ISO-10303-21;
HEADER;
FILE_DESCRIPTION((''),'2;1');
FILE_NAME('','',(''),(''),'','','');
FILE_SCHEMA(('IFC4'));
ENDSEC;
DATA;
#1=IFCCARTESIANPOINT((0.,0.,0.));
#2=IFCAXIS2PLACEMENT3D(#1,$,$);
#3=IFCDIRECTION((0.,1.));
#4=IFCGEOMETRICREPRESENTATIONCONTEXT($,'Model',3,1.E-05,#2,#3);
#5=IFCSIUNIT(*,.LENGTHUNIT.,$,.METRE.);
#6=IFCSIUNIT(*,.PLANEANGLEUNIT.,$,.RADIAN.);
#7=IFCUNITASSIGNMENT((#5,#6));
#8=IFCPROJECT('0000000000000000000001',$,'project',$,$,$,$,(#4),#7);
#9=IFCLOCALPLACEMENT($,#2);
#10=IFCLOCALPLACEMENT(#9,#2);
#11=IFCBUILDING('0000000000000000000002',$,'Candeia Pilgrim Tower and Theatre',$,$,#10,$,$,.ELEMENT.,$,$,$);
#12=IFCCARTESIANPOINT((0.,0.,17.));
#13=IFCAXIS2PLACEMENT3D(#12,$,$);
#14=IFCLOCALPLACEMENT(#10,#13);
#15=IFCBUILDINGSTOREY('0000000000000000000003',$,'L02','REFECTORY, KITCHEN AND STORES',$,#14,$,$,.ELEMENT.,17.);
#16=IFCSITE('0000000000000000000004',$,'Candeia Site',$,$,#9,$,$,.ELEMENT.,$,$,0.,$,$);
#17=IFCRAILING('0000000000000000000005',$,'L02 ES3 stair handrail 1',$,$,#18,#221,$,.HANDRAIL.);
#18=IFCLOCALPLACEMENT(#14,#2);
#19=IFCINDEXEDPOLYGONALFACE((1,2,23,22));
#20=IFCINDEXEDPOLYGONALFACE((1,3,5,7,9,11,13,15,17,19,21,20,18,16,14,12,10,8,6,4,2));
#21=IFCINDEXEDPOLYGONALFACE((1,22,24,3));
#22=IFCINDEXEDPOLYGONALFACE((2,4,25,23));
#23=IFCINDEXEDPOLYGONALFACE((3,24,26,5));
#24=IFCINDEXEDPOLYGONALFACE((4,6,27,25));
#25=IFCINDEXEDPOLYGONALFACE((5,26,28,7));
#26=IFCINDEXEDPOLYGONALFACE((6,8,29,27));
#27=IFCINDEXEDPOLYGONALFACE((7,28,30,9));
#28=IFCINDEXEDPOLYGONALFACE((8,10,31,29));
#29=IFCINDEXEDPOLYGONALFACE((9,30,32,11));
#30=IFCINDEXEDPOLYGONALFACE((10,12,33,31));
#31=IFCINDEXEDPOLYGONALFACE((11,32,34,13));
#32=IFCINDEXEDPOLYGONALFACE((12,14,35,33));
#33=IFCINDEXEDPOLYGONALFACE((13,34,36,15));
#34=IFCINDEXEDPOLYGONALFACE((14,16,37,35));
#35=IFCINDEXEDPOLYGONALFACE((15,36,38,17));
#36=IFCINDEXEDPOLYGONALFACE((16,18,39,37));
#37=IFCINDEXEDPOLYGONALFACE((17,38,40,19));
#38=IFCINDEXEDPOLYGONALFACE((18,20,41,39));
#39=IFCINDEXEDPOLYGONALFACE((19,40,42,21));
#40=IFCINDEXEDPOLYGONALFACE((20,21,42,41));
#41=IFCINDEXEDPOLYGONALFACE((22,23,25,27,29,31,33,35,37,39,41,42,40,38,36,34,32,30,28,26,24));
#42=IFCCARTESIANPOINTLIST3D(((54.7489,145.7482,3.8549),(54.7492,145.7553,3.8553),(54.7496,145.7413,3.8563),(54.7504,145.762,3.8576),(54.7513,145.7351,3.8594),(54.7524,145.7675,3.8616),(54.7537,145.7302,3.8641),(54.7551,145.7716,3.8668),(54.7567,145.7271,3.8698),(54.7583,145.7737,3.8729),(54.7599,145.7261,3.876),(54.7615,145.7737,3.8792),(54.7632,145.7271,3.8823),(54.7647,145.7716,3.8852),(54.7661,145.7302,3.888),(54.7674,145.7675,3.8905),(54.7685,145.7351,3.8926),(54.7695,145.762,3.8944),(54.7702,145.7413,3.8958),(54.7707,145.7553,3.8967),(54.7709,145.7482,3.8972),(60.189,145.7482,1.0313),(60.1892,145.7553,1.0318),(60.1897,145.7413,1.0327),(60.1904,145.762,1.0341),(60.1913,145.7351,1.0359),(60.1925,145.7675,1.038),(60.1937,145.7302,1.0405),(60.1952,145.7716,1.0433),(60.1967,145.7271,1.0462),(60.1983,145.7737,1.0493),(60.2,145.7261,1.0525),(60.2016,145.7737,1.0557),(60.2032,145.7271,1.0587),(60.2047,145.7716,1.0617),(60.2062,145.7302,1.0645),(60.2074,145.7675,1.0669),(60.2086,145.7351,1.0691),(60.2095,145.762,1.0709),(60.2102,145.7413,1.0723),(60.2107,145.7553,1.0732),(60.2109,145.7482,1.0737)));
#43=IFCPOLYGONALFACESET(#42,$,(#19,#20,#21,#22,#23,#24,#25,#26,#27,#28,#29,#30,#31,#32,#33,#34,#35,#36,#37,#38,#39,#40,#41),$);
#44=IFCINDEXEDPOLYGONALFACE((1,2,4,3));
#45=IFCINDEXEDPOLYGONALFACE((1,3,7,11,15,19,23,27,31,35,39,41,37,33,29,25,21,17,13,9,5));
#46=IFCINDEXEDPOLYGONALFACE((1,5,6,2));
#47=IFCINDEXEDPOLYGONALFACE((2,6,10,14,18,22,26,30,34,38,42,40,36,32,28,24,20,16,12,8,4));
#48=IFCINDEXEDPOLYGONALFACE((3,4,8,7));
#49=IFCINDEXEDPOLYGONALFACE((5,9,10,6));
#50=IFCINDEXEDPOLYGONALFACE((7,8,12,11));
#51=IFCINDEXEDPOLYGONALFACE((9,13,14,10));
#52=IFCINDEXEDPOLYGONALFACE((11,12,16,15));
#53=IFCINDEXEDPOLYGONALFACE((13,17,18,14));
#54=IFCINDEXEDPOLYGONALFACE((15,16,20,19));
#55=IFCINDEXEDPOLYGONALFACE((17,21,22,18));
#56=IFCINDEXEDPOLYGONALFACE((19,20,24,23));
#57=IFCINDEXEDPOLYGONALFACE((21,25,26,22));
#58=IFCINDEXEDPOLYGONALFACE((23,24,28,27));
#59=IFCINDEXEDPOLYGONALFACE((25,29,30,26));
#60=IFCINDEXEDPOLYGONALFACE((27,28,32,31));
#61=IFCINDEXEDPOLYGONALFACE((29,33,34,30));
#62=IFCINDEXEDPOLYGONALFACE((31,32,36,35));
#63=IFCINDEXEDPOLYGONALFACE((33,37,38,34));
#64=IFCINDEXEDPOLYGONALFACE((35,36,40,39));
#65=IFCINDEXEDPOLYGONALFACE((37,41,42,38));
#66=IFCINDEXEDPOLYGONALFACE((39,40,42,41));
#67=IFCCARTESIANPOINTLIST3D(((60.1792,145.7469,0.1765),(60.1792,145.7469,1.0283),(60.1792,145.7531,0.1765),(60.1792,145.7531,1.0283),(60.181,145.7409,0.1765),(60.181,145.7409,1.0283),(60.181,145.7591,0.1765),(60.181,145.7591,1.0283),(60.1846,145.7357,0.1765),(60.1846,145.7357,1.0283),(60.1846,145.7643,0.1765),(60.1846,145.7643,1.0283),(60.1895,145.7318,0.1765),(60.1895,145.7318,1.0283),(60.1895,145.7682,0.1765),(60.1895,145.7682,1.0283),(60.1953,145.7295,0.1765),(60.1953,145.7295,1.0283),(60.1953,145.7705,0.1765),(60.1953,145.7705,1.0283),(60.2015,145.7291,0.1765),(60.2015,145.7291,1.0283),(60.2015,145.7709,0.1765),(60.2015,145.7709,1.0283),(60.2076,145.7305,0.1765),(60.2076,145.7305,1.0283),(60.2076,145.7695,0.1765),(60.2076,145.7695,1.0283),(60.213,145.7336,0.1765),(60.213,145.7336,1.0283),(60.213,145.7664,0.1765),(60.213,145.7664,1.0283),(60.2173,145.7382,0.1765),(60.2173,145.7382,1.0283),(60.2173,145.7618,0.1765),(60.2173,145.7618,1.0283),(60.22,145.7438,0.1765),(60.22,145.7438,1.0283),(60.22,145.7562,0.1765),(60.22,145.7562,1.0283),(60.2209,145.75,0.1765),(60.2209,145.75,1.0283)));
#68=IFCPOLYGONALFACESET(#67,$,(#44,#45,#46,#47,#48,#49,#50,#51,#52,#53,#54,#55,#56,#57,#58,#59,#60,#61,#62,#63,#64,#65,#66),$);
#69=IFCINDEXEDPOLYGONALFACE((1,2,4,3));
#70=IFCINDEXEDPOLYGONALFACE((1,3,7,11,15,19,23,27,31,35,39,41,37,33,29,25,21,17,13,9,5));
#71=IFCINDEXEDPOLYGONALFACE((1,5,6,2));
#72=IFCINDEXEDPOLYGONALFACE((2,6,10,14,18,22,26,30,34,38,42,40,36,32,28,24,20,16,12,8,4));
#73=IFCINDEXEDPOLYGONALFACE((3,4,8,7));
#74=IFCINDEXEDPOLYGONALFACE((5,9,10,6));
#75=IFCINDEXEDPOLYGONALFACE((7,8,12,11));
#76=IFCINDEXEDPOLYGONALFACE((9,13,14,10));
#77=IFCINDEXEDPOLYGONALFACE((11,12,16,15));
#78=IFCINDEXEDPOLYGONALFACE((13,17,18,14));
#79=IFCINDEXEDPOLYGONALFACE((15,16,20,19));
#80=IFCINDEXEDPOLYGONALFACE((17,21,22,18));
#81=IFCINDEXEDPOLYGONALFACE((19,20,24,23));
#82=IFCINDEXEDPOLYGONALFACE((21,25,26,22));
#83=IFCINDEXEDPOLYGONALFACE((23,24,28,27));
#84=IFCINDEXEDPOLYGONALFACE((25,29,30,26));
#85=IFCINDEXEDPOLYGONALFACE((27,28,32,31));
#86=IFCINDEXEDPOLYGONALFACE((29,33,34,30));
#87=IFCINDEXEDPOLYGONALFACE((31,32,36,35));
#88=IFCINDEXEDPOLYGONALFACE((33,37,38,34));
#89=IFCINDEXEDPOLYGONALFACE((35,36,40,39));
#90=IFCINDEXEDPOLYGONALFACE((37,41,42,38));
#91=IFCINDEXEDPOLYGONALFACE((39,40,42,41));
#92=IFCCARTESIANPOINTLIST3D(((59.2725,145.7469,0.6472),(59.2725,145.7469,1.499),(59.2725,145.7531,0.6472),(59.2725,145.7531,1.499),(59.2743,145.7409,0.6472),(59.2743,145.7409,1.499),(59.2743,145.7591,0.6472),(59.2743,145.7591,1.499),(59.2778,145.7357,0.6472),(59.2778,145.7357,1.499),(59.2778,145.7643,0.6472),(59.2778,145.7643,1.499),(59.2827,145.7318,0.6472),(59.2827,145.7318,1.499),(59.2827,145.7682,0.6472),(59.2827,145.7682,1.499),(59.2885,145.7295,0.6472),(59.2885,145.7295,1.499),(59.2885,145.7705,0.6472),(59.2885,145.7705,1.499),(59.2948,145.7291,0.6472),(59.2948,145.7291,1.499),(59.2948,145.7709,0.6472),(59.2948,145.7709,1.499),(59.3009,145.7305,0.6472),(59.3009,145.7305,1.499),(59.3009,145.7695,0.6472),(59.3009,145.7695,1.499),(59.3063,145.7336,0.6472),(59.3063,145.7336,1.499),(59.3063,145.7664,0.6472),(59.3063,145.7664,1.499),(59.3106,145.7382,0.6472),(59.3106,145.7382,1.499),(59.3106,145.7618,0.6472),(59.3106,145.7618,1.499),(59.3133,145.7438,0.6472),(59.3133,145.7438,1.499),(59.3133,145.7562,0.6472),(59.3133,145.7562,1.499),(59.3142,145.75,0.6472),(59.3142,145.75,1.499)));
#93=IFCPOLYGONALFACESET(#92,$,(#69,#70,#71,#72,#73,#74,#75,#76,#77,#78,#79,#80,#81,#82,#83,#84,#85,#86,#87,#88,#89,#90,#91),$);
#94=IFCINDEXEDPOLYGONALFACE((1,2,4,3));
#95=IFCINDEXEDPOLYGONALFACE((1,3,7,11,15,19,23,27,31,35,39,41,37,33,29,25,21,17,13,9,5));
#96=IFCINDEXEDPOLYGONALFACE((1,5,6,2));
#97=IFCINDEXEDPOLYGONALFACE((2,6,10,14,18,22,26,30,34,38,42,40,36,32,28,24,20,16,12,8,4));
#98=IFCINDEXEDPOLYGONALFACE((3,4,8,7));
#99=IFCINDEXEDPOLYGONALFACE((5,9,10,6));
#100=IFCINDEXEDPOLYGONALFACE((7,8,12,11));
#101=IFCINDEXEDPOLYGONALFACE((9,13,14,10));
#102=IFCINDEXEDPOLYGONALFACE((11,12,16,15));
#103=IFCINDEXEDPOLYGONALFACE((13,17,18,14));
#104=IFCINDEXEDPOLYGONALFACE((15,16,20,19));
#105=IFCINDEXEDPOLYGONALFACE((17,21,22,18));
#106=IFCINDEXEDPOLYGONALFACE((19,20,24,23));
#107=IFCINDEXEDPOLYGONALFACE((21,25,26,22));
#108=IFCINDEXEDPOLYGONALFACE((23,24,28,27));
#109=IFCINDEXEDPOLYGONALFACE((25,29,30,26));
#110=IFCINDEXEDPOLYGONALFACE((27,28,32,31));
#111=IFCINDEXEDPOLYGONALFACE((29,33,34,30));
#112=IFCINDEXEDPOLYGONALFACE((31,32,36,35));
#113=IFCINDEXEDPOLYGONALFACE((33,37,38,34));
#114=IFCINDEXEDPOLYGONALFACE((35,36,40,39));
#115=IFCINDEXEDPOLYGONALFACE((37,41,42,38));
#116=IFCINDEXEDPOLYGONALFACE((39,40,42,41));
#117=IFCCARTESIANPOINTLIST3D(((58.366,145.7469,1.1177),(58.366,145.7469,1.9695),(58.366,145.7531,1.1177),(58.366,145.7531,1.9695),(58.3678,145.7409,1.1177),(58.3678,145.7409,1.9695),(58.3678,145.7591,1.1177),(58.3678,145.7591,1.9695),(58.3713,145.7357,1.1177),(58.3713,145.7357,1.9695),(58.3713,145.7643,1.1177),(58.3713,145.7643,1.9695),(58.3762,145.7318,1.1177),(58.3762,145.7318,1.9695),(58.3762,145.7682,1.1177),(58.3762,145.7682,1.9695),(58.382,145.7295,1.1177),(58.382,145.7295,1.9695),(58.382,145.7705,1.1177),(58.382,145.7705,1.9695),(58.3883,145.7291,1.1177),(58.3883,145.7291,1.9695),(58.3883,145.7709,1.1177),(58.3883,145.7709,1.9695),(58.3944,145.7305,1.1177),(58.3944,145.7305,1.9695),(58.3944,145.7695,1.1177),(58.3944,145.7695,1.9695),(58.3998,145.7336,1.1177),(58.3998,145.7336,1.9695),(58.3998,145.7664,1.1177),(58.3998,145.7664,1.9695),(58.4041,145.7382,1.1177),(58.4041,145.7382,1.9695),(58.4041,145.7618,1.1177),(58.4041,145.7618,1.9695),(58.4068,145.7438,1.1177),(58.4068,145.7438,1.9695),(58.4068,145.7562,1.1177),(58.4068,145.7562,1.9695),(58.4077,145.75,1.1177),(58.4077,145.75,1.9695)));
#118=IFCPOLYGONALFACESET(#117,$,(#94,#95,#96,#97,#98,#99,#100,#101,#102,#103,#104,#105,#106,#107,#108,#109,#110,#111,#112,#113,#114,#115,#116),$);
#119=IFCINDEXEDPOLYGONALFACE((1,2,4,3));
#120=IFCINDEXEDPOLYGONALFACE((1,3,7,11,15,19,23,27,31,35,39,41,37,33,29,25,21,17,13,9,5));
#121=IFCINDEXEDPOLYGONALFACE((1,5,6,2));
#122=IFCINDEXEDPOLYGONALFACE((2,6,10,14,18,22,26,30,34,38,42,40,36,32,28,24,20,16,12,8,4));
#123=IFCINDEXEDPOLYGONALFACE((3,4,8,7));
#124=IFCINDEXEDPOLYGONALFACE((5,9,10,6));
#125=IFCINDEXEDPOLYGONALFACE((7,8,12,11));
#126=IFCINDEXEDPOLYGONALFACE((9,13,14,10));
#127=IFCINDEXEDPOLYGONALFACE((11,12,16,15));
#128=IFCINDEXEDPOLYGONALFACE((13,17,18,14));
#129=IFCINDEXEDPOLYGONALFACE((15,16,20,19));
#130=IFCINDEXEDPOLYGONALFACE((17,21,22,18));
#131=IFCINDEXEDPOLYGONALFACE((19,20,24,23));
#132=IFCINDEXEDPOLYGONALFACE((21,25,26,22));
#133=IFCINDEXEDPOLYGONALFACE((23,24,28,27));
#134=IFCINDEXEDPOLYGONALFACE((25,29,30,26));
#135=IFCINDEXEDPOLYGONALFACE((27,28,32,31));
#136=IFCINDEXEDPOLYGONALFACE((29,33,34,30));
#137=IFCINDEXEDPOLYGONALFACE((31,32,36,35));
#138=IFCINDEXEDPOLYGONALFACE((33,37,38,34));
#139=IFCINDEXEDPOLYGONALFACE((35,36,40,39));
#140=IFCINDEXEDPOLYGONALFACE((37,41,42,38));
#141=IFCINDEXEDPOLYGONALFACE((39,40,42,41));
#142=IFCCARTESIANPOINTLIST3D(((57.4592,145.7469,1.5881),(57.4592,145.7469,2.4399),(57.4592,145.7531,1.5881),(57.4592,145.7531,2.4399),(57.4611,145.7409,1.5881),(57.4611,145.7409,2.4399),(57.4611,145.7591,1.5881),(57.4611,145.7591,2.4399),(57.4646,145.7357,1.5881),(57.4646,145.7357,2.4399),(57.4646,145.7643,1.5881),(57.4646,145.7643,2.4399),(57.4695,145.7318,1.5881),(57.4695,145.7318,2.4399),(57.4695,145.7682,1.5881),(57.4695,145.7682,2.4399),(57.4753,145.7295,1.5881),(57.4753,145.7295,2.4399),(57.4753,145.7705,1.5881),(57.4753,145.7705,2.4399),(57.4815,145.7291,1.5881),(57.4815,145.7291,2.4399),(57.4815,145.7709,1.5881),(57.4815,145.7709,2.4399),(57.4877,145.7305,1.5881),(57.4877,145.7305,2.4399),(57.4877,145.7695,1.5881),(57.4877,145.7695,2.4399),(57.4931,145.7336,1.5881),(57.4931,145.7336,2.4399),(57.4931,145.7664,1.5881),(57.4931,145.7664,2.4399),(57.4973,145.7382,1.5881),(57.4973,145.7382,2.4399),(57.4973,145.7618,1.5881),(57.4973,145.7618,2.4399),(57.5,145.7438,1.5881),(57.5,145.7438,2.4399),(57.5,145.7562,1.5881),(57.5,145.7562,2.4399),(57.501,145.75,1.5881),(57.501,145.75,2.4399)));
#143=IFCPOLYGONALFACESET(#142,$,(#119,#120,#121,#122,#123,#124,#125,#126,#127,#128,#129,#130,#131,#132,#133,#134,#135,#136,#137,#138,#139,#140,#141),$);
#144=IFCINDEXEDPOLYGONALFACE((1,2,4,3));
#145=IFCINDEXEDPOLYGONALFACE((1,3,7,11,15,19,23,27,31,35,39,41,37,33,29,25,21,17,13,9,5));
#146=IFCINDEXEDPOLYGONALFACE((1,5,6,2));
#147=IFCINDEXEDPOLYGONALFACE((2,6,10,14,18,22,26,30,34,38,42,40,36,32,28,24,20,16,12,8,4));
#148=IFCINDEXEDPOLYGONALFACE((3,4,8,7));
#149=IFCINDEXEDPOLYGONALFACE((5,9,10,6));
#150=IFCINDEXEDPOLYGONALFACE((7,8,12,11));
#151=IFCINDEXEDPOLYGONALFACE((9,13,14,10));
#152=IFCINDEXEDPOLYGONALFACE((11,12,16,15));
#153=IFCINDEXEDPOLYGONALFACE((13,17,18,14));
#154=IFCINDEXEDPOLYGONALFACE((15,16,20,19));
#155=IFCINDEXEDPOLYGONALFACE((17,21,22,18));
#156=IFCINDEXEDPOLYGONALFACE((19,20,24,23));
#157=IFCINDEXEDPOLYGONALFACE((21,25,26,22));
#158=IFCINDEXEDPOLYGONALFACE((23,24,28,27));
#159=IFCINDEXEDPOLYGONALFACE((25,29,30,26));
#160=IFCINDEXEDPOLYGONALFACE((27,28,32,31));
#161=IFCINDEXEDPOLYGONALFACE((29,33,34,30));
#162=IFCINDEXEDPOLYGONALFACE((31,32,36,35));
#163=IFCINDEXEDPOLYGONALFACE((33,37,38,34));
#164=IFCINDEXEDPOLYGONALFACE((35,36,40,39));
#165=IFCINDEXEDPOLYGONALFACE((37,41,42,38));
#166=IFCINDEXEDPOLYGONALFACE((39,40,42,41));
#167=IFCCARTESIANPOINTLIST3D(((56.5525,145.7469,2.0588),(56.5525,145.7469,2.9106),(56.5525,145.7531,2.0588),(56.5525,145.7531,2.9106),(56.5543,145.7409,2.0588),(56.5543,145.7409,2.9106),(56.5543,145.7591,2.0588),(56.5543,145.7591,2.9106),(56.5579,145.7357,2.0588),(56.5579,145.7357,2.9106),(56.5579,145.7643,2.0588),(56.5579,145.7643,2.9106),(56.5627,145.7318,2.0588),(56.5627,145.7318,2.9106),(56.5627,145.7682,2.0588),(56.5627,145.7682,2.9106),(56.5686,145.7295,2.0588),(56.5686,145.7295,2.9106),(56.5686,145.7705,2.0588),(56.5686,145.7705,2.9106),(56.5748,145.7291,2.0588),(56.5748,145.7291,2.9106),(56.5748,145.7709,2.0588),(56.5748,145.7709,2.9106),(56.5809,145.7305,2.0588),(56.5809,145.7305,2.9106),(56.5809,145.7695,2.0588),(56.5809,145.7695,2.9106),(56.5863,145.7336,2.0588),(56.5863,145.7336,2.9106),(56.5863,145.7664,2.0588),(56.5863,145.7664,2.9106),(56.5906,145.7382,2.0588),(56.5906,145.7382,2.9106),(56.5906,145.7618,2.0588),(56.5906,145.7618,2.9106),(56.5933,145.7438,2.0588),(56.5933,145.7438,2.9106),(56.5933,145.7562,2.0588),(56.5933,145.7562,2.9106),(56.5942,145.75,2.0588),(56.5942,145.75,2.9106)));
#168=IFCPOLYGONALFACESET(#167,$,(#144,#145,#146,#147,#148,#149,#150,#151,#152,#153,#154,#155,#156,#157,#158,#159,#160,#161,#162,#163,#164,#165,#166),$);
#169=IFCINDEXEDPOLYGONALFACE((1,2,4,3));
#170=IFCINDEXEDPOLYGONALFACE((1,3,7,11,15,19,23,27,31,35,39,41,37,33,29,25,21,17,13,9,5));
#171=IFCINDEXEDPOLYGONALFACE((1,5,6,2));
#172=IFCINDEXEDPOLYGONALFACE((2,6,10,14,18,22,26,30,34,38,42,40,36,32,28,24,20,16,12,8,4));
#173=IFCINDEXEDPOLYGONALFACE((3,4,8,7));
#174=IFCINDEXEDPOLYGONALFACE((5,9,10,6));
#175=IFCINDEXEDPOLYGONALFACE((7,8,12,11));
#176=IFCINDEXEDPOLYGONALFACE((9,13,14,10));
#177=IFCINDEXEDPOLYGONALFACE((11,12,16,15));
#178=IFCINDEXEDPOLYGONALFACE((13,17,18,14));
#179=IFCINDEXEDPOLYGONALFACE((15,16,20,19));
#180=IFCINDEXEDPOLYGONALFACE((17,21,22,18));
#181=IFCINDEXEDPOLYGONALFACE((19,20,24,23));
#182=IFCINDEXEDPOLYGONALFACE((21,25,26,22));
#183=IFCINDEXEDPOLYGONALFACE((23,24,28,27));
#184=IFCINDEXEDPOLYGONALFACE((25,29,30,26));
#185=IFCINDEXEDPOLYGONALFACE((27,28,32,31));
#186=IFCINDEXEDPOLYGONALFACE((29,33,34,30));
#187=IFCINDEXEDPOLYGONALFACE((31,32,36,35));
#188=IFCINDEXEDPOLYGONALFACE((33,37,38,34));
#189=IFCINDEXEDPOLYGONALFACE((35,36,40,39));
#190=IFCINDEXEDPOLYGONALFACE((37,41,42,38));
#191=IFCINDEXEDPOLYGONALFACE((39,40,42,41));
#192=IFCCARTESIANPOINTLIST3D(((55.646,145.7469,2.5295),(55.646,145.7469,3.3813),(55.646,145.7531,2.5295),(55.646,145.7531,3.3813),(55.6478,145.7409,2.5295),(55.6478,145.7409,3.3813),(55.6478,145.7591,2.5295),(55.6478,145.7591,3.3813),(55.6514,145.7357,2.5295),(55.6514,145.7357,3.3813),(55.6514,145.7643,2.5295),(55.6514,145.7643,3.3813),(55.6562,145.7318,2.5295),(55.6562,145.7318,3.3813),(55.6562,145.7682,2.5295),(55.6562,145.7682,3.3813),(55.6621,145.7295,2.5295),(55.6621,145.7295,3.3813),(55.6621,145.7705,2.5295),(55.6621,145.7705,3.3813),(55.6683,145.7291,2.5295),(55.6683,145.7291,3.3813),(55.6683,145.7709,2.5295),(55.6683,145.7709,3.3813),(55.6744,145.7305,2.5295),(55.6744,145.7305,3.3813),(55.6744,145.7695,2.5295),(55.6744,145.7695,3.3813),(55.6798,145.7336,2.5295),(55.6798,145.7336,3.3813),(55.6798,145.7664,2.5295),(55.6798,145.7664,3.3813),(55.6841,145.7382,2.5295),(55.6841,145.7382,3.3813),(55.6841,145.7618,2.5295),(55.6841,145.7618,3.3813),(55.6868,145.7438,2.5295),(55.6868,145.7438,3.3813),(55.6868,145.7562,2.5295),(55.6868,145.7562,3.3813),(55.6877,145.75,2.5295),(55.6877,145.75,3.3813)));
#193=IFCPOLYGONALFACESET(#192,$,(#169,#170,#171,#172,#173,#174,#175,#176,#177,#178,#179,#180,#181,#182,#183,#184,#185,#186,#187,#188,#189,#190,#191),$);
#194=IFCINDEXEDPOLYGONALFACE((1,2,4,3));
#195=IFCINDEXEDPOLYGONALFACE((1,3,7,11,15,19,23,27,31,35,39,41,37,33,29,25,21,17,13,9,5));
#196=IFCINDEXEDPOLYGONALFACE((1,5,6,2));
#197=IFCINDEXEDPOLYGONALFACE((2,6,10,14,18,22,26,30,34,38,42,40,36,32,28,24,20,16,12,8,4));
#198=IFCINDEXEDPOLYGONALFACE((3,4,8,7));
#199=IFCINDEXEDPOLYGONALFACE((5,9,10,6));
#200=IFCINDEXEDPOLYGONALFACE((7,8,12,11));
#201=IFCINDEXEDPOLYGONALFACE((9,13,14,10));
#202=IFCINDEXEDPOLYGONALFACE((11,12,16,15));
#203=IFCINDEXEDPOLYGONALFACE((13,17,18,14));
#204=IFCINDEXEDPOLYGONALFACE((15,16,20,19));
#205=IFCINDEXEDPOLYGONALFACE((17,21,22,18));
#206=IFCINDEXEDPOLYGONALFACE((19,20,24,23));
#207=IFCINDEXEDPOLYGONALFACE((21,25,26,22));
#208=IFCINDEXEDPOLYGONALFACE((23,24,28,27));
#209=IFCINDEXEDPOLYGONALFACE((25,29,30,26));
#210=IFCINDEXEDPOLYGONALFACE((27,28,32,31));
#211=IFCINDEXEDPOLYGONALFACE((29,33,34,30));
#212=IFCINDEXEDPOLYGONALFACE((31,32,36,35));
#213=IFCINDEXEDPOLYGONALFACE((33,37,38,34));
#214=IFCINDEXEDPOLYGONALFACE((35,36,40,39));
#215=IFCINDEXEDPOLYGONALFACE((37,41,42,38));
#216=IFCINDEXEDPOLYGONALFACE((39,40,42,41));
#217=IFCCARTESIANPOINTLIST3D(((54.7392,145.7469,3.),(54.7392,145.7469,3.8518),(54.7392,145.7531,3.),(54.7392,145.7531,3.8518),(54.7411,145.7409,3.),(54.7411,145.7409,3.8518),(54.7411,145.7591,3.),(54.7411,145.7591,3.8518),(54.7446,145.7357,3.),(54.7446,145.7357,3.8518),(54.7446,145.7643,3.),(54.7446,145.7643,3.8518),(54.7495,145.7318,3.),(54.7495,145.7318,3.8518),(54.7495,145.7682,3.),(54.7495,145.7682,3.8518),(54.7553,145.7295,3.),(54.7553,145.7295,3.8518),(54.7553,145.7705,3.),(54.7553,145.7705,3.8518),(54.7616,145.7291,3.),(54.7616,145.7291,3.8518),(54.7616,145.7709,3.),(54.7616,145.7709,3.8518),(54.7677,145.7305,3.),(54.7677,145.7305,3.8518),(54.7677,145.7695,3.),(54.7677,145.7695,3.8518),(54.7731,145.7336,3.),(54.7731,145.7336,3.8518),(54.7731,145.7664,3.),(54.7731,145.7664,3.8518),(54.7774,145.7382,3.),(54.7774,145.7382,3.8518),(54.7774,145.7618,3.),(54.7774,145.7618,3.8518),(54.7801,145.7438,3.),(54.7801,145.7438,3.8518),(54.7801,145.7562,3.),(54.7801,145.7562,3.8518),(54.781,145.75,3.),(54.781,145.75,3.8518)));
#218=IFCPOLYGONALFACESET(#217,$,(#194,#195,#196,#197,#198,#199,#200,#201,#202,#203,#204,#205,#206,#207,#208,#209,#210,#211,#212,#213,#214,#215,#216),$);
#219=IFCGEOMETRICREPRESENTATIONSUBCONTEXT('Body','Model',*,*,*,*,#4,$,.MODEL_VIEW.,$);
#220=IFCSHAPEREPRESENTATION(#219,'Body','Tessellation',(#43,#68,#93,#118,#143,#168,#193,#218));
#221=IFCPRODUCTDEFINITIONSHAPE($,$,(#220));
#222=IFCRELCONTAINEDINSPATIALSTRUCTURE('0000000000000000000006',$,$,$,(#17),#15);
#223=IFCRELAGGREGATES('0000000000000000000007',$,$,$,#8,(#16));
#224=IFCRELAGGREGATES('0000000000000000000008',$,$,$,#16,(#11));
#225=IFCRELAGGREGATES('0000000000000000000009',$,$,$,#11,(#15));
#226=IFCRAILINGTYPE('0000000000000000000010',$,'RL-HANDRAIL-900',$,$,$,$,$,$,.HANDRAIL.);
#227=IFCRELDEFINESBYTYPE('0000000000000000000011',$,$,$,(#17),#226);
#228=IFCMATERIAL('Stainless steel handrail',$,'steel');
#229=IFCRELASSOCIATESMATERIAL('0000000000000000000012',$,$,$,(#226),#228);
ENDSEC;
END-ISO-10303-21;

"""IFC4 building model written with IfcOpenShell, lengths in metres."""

from ifc_helpers import new_model, si_unit, direction, frame, origin, origin_2d, place, context, subcontext, project, spatial, circle, extrude, material, type_object, element, save


model = new_model("IFC4")

# Units and contexts
model_context = context("Model", 3, precision=1e-05, world=origin(), true_north=direction((0.0, 1.0)))
body_context = subcontext(model_context, "Body", "Model", "MODEL_VIEW")
ifc_project = project(units=[si_unit("LENGTHUNIT", "METRE"), si_unit("PLANEANGLEUNIT", "RADIAN")], contexts=[model_context])

# Site, building, storey
site_placement = place(None, origin())
site = spatial("IfcSite", under=ifc_project, at=site_placement, Name="Candeia Site", CompositionType="ELEMENT", RefElevation=0.0)
building_placement = place(site_placement, origin())
building = spatial("IfcBuilding", under=site, at=building_placement, Name="Candeia Pilgrim Tower and Theatre", CompositionType="ELEMENT")
storey_placement = place(building_placement, frame((0.0, 0.0, 17.0)))
storey = spatial("IfcBuildingStorey", under=building, at=storey_placement, Name="L02", Description="REFECTORY, KITCHEN AND STORES", CompositionType="ELEMENT", Elevation=17.0)

# Railing
ifc_material_1 = material(Name="Stainless steel handrail", Category="steel")
railing_type_1 = type_object("IfcRailingType", Name="RL-HANDRAIL-900", PredefinedType="HANDRAIL", material=ifc_material_1)
railing_1_placement = place(storey_placement, frame((60.2, 145.75, 0.1765)))
element("IfcRailing", 1, at=railing_1_placement, inside=storey, type_object=railing_type_1, Name="L02 ES3 stair handrail 1", PredefinedType="HANDRAIL", context=body_context, shape_type="SweptSolid", body=[
    extrude(circle(Radius=0.0239, at=origin_2d()), frame((0.0, 0.0, 0.876), z_axis=(-0.887569, 0.0, 0.460674), x_axis=(0.0, -1.0, 0.0)), (0.0, 0.0, 1.0), 6.1292),
    extrude(circle(Radius=0.021, at=origin_2d()), origin(), (0.0, 0.0, 1.0), 0.8518),
    extrude(circle(Radius=0.021, at=origin_2d()), frame((-0.9067, 0.0, 0.4707)), (0.0, 0.0, 1.0), 0.8518),
    extrude(circle(Radius=0.021, at=origin_2d()), frame((-1.8132, 0.0, 0.9412)), (0.0, 0.0, 1.0), 0.8518),
    extrude(circle(Radius=0.021, at=origin_2d()), frame((-2.72, 0.0, 1.4116)), (0.0, 0.0, 1.0), 0.8518),
    extrude(circle(Radius=0.021, at=origin_2d()), frame((-3.6267, 0.0, 1.8823)), (0.0, 0.0, 1.0), 0.8518),
    extrude(circle(Radius=0.021, at=origin_2d()), frame((-4.5332, 0.0, 2.353)), (0.0, 0.0, 1.0), 0.8518),
    extrude(circle(Radius=0.021, at=origin_2d()), frame((-5.4399, 0.0, 2.8235)), (0.0, 0.0, 1.0), 0.8518),
])

save(model, "model.ifc")
